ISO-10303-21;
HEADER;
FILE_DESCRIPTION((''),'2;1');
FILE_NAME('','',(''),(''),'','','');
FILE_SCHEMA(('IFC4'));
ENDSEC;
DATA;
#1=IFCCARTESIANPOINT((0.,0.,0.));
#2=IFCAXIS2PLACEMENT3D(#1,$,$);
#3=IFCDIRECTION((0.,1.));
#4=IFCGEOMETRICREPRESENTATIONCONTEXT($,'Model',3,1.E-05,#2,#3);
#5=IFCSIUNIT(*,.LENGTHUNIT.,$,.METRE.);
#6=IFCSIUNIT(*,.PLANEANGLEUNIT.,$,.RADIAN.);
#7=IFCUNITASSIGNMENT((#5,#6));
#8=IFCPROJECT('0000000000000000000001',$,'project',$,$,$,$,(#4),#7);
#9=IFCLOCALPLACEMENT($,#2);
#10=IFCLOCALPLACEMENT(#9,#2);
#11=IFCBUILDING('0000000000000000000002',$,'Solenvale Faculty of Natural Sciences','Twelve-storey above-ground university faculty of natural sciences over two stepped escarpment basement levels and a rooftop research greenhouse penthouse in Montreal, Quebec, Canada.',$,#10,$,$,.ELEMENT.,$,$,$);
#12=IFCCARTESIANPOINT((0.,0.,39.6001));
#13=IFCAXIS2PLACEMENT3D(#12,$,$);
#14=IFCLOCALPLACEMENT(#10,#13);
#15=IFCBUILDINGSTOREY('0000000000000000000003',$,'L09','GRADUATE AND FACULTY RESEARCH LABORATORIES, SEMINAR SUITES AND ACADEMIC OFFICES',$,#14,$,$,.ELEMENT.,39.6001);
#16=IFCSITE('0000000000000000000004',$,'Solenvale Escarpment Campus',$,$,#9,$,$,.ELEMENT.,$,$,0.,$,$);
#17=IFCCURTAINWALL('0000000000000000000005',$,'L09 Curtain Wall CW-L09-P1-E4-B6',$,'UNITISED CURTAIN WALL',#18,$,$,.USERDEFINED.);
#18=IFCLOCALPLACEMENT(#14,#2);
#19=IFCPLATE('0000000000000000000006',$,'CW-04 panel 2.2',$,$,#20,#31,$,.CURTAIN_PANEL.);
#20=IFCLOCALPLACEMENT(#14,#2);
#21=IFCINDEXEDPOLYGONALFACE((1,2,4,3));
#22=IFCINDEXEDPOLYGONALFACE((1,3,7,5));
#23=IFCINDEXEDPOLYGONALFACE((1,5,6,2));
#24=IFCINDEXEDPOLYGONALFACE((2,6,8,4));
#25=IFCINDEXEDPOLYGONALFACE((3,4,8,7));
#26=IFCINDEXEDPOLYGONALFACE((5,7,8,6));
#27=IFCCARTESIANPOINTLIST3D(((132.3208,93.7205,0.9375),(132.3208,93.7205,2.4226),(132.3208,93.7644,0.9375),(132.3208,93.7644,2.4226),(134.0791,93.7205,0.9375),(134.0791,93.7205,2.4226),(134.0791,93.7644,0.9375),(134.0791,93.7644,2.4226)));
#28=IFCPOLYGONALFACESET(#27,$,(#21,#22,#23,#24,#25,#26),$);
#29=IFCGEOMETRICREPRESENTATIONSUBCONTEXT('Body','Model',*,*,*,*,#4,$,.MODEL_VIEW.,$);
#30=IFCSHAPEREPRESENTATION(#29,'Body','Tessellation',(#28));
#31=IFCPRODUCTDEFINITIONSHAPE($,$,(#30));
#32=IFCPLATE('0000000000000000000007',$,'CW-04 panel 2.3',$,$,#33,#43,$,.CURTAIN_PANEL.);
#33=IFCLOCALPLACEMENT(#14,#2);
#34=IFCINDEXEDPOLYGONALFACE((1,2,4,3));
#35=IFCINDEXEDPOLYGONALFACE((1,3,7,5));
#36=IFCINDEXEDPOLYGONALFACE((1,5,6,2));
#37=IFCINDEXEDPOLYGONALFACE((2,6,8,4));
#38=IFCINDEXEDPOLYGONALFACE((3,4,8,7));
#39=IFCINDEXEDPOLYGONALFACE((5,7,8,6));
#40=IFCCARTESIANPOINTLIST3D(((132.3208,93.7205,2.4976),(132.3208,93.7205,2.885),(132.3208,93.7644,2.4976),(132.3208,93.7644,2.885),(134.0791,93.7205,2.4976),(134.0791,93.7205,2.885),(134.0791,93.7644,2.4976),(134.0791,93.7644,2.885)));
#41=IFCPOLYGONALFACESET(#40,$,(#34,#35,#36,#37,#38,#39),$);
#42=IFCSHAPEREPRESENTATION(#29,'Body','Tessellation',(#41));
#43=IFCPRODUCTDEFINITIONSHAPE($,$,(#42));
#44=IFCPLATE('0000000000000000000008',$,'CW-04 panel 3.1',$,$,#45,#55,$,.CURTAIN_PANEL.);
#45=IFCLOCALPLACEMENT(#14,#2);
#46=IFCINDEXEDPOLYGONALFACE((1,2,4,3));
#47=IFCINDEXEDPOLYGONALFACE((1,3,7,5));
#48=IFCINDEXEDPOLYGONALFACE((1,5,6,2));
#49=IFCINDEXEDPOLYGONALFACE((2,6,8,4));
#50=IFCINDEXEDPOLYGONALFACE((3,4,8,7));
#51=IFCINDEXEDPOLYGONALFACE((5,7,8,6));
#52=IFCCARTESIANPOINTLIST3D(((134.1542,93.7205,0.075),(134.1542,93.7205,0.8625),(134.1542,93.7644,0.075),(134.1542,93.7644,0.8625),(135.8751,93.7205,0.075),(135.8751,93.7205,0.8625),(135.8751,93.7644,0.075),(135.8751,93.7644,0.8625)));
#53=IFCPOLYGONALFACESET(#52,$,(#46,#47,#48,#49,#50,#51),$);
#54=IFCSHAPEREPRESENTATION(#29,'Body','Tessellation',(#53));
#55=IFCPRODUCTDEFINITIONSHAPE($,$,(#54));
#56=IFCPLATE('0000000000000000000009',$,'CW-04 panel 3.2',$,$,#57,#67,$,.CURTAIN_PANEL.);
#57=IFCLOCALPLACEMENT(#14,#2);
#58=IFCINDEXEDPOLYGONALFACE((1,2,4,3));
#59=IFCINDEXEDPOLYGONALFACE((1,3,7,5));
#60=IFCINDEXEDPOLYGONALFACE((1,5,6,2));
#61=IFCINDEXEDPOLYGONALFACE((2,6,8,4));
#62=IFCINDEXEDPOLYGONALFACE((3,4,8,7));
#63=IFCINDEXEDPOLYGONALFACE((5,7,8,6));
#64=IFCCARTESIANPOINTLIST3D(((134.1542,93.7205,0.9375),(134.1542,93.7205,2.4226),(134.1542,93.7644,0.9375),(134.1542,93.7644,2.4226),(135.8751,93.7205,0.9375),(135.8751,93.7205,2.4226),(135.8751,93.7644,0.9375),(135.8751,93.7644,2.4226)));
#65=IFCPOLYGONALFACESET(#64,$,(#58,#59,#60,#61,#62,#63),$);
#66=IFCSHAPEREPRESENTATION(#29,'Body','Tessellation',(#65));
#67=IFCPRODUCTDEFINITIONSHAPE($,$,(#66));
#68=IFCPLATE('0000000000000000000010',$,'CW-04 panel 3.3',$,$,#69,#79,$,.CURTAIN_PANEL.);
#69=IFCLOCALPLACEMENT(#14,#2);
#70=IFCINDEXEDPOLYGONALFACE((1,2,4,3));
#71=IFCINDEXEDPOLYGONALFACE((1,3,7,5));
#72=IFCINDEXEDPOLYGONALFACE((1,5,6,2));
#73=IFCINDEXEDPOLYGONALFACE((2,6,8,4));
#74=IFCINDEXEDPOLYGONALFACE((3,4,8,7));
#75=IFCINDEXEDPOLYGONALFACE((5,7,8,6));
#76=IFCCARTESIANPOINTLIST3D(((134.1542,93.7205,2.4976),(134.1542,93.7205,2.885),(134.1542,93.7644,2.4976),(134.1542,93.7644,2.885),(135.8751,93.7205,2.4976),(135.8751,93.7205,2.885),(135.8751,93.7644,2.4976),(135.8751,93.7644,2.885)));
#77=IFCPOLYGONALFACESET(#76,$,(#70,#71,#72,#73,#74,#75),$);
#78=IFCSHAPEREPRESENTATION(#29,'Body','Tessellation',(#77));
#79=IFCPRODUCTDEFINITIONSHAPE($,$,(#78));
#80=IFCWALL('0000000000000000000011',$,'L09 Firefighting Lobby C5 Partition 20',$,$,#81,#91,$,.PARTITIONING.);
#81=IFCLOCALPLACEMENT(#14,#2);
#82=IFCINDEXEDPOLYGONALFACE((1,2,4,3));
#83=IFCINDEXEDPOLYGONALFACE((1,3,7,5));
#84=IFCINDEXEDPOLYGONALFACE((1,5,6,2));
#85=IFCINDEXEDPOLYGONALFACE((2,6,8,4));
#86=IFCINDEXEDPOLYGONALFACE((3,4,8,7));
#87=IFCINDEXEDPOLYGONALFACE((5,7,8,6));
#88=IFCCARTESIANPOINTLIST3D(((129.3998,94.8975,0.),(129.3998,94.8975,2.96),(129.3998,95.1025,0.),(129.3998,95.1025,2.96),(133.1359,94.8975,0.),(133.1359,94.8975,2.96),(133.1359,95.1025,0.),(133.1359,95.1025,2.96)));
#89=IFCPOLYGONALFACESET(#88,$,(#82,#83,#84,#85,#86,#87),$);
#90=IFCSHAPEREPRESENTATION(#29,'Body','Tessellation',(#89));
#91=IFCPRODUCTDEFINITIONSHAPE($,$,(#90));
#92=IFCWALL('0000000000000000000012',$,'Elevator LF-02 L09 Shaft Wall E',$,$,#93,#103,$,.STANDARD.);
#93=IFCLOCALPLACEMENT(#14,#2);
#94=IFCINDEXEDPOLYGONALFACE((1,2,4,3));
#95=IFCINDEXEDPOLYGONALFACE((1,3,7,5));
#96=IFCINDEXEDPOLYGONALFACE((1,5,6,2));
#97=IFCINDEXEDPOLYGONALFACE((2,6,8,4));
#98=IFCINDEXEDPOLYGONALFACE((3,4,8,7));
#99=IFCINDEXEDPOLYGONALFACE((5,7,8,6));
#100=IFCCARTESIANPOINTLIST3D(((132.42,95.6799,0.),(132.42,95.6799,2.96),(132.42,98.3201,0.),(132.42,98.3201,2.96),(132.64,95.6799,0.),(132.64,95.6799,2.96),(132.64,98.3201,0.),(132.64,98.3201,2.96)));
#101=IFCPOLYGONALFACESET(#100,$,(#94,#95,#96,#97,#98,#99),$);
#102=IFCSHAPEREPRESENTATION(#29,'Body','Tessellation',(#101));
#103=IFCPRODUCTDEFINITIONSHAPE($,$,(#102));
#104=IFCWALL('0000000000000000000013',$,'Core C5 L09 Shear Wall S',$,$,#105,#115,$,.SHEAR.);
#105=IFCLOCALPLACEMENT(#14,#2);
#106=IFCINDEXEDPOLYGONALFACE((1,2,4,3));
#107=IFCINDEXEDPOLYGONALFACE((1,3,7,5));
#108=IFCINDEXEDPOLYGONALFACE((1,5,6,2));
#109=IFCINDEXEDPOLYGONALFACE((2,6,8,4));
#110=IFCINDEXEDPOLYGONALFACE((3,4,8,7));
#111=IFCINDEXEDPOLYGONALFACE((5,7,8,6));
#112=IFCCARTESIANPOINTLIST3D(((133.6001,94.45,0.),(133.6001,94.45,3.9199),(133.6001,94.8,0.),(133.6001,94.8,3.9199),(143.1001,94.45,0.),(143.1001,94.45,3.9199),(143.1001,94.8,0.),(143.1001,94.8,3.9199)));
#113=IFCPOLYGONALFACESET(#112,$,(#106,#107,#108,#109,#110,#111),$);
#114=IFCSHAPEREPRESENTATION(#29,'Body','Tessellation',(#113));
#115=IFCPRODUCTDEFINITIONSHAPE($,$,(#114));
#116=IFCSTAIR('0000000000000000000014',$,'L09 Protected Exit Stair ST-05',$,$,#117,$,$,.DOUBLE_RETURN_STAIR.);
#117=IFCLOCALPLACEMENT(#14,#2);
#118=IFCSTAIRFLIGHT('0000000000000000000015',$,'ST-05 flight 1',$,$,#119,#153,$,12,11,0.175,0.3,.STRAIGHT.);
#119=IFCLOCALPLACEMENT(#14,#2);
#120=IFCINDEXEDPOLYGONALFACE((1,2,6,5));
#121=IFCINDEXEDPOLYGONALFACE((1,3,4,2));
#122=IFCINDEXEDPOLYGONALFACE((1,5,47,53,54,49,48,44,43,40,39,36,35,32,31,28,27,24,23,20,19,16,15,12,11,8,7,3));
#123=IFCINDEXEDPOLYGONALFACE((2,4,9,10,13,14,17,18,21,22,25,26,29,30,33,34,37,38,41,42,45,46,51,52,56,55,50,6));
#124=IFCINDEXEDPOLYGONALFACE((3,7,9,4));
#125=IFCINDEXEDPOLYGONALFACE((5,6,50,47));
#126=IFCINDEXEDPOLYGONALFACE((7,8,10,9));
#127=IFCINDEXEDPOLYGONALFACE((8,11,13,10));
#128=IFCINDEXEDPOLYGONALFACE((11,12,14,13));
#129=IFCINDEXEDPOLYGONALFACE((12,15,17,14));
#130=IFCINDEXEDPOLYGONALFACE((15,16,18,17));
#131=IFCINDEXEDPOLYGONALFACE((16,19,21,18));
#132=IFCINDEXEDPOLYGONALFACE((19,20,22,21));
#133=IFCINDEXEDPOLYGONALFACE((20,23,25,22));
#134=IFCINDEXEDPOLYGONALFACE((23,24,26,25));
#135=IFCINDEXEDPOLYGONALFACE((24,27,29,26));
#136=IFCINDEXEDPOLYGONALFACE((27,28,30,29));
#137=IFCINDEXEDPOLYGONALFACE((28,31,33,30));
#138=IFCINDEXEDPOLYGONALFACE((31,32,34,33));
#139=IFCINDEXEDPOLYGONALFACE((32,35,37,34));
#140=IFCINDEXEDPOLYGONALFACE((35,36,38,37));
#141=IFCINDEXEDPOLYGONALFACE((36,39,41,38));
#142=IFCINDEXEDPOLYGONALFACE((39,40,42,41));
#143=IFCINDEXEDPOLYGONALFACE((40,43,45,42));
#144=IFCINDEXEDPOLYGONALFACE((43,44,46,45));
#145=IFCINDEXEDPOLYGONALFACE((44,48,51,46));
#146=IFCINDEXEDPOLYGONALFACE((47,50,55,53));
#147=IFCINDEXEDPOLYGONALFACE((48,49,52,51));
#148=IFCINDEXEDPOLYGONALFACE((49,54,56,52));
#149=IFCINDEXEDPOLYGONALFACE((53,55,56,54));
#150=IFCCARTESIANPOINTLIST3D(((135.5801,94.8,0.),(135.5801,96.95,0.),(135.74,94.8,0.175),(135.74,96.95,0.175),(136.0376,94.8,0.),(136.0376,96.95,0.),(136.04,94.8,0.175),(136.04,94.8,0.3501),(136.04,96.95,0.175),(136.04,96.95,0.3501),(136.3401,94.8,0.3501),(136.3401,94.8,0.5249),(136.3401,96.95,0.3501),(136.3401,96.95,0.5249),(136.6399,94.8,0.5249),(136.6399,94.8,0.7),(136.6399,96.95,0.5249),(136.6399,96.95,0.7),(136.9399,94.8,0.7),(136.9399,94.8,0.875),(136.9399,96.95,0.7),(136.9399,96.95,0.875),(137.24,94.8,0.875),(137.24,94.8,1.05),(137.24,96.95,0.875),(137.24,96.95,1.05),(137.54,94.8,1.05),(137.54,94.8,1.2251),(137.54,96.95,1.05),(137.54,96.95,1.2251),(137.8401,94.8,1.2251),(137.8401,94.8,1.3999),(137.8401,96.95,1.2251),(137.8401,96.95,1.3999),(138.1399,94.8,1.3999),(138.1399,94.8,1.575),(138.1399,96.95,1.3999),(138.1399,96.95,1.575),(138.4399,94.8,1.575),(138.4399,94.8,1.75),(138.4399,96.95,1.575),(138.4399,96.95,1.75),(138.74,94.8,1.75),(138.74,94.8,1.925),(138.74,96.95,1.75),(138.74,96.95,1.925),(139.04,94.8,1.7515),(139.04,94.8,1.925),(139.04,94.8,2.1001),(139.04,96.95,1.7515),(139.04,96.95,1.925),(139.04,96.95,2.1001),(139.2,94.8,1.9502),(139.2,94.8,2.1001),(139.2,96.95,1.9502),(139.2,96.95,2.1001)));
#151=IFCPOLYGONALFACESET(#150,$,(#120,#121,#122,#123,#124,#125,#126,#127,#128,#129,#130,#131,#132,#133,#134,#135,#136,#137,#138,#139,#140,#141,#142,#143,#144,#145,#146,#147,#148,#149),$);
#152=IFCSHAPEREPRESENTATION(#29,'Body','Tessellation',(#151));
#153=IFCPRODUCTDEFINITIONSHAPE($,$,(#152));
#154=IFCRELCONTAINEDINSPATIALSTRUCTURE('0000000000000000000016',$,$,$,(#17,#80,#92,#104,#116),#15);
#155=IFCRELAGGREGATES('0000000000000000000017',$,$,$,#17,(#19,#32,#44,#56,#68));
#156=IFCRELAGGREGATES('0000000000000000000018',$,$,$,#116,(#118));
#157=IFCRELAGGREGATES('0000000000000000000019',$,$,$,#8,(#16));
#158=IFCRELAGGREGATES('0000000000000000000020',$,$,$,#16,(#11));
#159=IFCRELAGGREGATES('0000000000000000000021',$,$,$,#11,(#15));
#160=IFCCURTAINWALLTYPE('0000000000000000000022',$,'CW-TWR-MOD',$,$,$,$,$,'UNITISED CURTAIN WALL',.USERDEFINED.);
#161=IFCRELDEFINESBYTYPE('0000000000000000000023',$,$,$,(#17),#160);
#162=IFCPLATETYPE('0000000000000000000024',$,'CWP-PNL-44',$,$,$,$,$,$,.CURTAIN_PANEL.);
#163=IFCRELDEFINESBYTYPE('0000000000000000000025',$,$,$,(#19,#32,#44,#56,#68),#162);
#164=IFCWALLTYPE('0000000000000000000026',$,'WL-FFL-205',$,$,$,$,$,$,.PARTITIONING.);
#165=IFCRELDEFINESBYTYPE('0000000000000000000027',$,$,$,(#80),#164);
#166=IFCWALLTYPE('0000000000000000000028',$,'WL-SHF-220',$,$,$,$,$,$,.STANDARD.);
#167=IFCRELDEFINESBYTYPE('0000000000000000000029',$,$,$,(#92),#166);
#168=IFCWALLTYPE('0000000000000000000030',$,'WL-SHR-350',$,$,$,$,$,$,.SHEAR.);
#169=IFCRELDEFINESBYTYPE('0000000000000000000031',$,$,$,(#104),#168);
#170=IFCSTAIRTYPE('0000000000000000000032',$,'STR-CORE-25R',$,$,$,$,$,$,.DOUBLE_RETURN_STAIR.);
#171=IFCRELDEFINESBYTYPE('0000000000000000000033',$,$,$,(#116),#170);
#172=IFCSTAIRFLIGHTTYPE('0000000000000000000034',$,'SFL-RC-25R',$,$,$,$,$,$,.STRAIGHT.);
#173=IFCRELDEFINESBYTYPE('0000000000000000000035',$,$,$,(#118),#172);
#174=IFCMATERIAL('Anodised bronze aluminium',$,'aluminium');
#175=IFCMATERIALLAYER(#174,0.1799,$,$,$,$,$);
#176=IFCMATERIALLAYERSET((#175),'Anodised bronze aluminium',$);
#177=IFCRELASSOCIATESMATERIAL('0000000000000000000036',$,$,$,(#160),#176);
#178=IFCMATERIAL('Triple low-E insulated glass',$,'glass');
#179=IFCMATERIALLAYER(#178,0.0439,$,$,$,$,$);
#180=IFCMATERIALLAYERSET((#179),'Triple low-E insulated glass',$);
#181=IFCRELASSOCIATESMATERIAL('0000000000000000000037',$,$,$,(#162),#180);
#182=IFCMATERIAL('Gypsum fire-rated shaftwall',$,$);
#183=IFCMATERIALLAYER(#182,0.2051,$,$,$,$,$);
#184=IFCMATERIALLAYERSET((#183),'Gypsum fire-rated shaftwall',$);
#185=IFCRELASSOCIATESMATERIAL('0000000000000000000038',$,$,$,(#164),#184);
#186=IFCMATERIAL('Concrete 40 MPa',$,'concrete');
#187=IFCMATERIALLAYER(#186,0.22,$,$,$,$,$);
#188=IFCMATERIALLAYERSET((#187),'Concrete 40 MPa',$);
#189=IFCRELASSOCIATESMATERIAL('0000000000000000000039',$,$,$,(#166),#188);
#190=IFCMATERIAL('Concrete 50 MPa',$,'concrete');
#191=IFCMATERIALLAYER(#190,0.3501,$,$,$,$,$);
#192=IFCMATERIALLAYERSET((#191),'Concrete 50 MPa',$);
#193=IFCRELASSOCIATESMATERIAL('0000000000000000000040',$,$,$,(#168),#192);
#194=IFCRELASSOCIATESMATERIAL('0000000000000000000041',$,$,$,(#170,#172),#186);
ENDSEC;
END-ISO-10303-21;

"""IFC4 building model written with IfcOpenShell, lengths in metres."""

from ifc_helpers import new_model, si_unit, direction, frame, frame_2d, origin, origin_2d, place, context, subcontext, project, spatial, polyline, rectangle, outline, extrude, material, layer, layer_set, type_object, element, aggregate, save


model = new_model("IFC4")

# Units and contexts
model_context = context("Model", 3, precision=1e-05, world=origin(), true_north=direction((0.0, 1.0)))
body_context = subcontext(model_context, "Body", "Model", "MODEL_VIEW")
ifc_project = project(units=[si_unit("LENGTHUNIT", "METRE"), si_unit("PLANEANGLEUNIT", "RADIAN")], contexts=[model_context])

# Site, building, storey
site_placement = place(None, origin())
site = spatial("IfcSite", under=ifc_project, at=site_placement, Name="Solenvale Escarpment Campus", CompositionType="ELEMENT", RefElevation=0.0)
building_placement = place(site_placement, origin())
building = spatial("IfcBuilding", under=site, at=building_placement, Name="Solenvale Faculty of Natural Sciences", Description="Twelve-storey above-ground university faculty of natural sciences over two stepped escarpment basement levels and a rooftop research greenhouse penthouse in Montreal, Quebec, Canada.", CompositionType="ELEMENT")
storey_placement = place(building_placement, frame((0.0, 0.0, 39.6001)))
storey = spatial("IfcBuildingStorey", under=building, at=storey_placement, Name="L09", Description="GRADUATE AND FACULTY RESEARCH LABORATORIES, SEMINAR SUITES AND ACADEMIC OFFICES", CompositionType="ELEMENT", Elevation=39.6001)

# Curtain wall, plates
ifc_material_1 = material(Name="Anodised bronze aluminium", Category="aluminium")
ifc_layer_1 = layer(ifc_material_1, 0.1799)
ifc_layer_set_1 = layer_set([ifc_layer_1], Name="Anodised bronze aluminium")
curtain_wall_type = type_object("IfcCurtainWallType", Name="CW-TWR-MOD", ElementType="UNITISED CURTAIN WALL", PredefinedType="USERDEFINED", material=ifc_layer_set_1)
curtain_wall_placement = place(storey_placement, origin())
curtain_wall = element("IfcCurtainWall", 1, at=curtain_wall_placement, inside=storey, type_object=curtain_wall_type, Name="L09 Curtain Wall CW-L09-P1-E4-B6", ObjectType="UNITISED CURTAIN WALL", PredefinedType="USERDEFINED")
ifc_material_2 = material(Name="Triple low-E insulated glass", Category="glass")
ifc_layer_2 = layer(ifc_material_2, 0.0439)
ifc_layer_set_2 = layer_set([ifc_layer_2], Name="Triple low-E insulated glass")
plate_type = type_object("IfcPlateType", Name="CWP-PNL-44", PredefinedType="CURTAIN_PANEL", material=ifc_layer_set_2)
plate_1_placement = place(storey_placement, frame((133.2, 93.7424, 0.9375), z_axis=(0.0, 0.0, 1.0), x_axis=(1.0, 0.0, 0.0)))
plate_1 = element("IfcPlate", 2, at=plate_1_placement, type_object=plate_type, Name="CW-04 panel 2.2", PredefinedType="CURTAIN_PANEL", context=body_context, shape_type="SweptSolid", body=[
    extrude(rectangle(XDim=1.7583, YDim=0.0439, at=origin_2d()), origin(), (0.0, 0.0, 1.0), 1.4851),
])
plate_2_placement = place(storey_placement, frame((133.2, 93.7424, 2.4976), z_axis=(0.0, 0.0, 1.0), x_axis=(1.0, 0.0, 0.0)))
plate_2 = element("IfcPlate", 3, at=plate_2_placement, type_object=plate_type, Name="CW-04 panel 2.3", PredefinedType="CURTAIN_PANEL", context=body_context, shape_type="SweptSolid", body=[
    extrude(rectangle(XDim=1.7583, YDim=0.0439, at=origin_2d()), origin(), (0.0, 0.0, 1.0), 0.3875),
])
plate_3_placement = place(storey_placement, frame((135.0146, 93.7424, 0.075), z_axis=(0.0, 0.0, 1.0), x_axis=(1.0, 0.0, 0.0)))
plate_3 = element("IfcPlate", 4, at=plate_3_placement, type_object=plate_type, Name="CW-04 panel 3.1", PredefinedType="CURTAIN_PANEL", context=body_context, shape_type="SweptSolid", body=[
    extrude(rectangle(XDim=1.7209, YDim=0.0439, at=origin_2d()), origin(), (0.0, 0.0, 1.0), 0.7876),
])
plate_4_placement = place(storey_placement, frame((135.0146, 93.7424, 0.9375), z_axis=(0.0, 0.0, 1.0), x_axis=(1.0, 0.0, 0.0)))
plate_4 = element("IfcPlate", 5, at=plate_4_placement, type_object=plate_type, Name="CW-04 panel 3.2", PredefinedType="CURTAIN_PANEL", context=body_context, shape_type="SweptSolid", body=[
    extrude(rectangle(XDim=1.7209, YDim=0.0439, at=origin_2d()), origin(), (0.0, 0.0, 1.0), 1.4851),
])
plate_5_placement = place(storey_placement, frame((135.0146, 93.7424, 2.4976), z_axis=(0.0, 0.0, 1.0), x_axis=(1.0, 0.0, 0.0)))
plate_5 = element("IfcPlate", 6, at=plate_5_placement, type_object=plate_type, Name="CW-04 panel 3.3", PredefinedType="CURTAIN_PANEL", context=body_context, shape_type="SweptSolid", body=[
    extrude(rectangle(XDim=1.7209, YDim=0.0439, at=origin_2d()), origin(), (0.0, 0.0, 1.0), 0.3875),
])
aggregate(curtain_wall, [plate_1, plate_2, plate_3, plate_4, plate_5])

# Walls
ifc_material_3 = material(Name="Gypsum fire-rated shaftwall")
ifc_layer_3 = layer(ifc_material_3, 0.2051)
ifc_layer_set_3 = layer_set([ifc_layer_3], Name="Gypsum fire-rated shaftwall")
wall_type_1 = type_object("IfcWallType", Name="WL-FFL-205", PredefinedType="PARTITIONING", material=ifc_layer_set_3)
wall_1_placement = place(storey_placement, frame((133.136, 95.0, 0.0), z_axis=(0.0, 0.0, 1.0), x_axis=(-1.0, 0.0, 0.0)))
element("IfcWall", 7, at=wall_1_placement, inside=storey, type_object=wall_type_1, Name="L09 Firefighting Lobby C5 Partition 20", PredefinedType="PARTITIONING", context=body_context, shape_type="SweptSolid", body=[
    extrude(rectangle(XDim=3.7361, YDim=0.2051, at=frame_2d((1.8682, 0.0))), origin(), (0.0, 0.0, 1.0), 2.96),
])
ifc_material_4 = material(Name="Concrete 40 MPa", Category="concrete")
ifc_layer_4 = layer(ifc_material_4, 0.22)
ifc_layer_set_4 = layer_set([ifc_layer_4], Name="Concrete 40 MPa")
wall_type_2 = type_object("IfcWallType", Name="WL-SHF-220", PredefinedType="STANDARD", material=ifc_layer_set_4)
wall_2_placement = place(storey_placement, frame((132.53, 95.6799, 0.0), z_axis=(0.0, 0.0, 1.0), x_axis=(0.0, 1.0, 0.0)))
element("IfcWall", 8, at=wall_2_placement, inside=storey, type_object=wall_type_2, Name="Elevator LF-02 L09 Shaft Wall E", PredefinedType="STANDARD", context=body_context, shape_type="SweptSolid", body=[
    extrude(rectangle(XDim=2.6401, YDim=0.22, at=frame_2d((1.3201, 0.0))), origin(), (0.0, 0.0, 1.0), 2.96),
])
ifc_material_5 = material(Name="Concrete 50 MPa", Category="concrete")
ifc_layer_5 = layer(ifc_material_5, 0.3501)
ifc_layer_set_5 = layer_set([ifc_layer_5], Name="Concrete 50 MPa")
wall_type_3 = type_object("IfcWallType", Name="WL-SHR-350", PredefinedType="SHEAR", material=ifc_layer_set_5)
wall_3_placement = place(storey_placement, frame((133.6001, 94.625, 0.0), z_axis=(0.0, 0.0, 1.0), x_axis=(1.0, 0.0, 0.0)))
element("IfcWall", 9, at=wall_3_placement, inside=storey, type_object=wall_type_3, Name="Core C5 L09 Shear Wall S", PredefinedType="SHEAR", context=body_context, shape_type="SweptSolid", body=[
    extrude(rectangle(XDim=9.5, YDim=0.3501, at=frame_2d((4.75, 0.0))), origin(), (0.0, 0.0, 1.0), 3.9199),
])

# Stair, stair flight
stair_type = type_object("IfcStairType", Name="STR-CORE-25R", PredefinedType="DOUBLE_RETURN_STAIR", material=ifc_material_4)
stair_placement = place(storey_placement, origin())
stair = element("IfcStair", 10, at=stair_placement, inside=storey, type_object=stair_type, Name="L09 Protected Exit Stair ST-05", PredefinedType="DOUBLE_RETURN_STAIR")
stair_flight_type = type_object("IfcStairFlightType", Name="SFL-RC-25R", PredefinedType="STRAIGHT", material=ifc_material_4)
stair_flight_placement = place(storey_placement, frame((135.74, 95.875, 0.0), z_axis=(0.0, 0.0, 1.0), x_axis=(1.0, 0.0, 0.0)))
stair_flight = element("IfcStairFlight", 11, at=stair_flight_placement, type_object=stair_flight_type, Name="ST-05 flight 1", NumberOfRisers=12, NumberOfTreads=11, PredefinedType="STRAIGHT", RiserHeight=0.175, TreadLength=0.3, context=body_context, shape_type="SweptSolid", body=[
    extrude(outline(polyline([(-0.1599, 0.0), (0.0, 0.175), (0.3, 0.175), (0.3, 0.3501), (0.6001, 0.3501), (0.6001, 0.5249), (0.8999, 0.5249), (0.8999, 0.7), (1.2, 0.7), (1.2, 0.875), (1.5, 0.875), (1.5, 1.05), (1.8, 1.05), (1.8, 1.2251), (2.1001, 1.2251), (2.1001, 1.3999), (2.3999, 1.3999), (2.3999, 1.575), (2.7, 1.575), (2.7, 1.75), (3.0, 1.75), (3.0, 1.925), (3.3, 1.925), (3.3, 2.1001), (3.46, 2.1001), (3.46, 1.9502), (3.3, 1.7515), (0.2976, 0.0), (-0.1599, 0.0)])), frame((0.0, 1.075, 0.0), z_axis=(0.0, -1.0, 0.0), x_axis=(1.0, 0.0, 0.0)), (0.0, 0.0, 1.0), 2.1499),
])
aggregate(stair, [stair_flight])

save(model, "model.ifc")
